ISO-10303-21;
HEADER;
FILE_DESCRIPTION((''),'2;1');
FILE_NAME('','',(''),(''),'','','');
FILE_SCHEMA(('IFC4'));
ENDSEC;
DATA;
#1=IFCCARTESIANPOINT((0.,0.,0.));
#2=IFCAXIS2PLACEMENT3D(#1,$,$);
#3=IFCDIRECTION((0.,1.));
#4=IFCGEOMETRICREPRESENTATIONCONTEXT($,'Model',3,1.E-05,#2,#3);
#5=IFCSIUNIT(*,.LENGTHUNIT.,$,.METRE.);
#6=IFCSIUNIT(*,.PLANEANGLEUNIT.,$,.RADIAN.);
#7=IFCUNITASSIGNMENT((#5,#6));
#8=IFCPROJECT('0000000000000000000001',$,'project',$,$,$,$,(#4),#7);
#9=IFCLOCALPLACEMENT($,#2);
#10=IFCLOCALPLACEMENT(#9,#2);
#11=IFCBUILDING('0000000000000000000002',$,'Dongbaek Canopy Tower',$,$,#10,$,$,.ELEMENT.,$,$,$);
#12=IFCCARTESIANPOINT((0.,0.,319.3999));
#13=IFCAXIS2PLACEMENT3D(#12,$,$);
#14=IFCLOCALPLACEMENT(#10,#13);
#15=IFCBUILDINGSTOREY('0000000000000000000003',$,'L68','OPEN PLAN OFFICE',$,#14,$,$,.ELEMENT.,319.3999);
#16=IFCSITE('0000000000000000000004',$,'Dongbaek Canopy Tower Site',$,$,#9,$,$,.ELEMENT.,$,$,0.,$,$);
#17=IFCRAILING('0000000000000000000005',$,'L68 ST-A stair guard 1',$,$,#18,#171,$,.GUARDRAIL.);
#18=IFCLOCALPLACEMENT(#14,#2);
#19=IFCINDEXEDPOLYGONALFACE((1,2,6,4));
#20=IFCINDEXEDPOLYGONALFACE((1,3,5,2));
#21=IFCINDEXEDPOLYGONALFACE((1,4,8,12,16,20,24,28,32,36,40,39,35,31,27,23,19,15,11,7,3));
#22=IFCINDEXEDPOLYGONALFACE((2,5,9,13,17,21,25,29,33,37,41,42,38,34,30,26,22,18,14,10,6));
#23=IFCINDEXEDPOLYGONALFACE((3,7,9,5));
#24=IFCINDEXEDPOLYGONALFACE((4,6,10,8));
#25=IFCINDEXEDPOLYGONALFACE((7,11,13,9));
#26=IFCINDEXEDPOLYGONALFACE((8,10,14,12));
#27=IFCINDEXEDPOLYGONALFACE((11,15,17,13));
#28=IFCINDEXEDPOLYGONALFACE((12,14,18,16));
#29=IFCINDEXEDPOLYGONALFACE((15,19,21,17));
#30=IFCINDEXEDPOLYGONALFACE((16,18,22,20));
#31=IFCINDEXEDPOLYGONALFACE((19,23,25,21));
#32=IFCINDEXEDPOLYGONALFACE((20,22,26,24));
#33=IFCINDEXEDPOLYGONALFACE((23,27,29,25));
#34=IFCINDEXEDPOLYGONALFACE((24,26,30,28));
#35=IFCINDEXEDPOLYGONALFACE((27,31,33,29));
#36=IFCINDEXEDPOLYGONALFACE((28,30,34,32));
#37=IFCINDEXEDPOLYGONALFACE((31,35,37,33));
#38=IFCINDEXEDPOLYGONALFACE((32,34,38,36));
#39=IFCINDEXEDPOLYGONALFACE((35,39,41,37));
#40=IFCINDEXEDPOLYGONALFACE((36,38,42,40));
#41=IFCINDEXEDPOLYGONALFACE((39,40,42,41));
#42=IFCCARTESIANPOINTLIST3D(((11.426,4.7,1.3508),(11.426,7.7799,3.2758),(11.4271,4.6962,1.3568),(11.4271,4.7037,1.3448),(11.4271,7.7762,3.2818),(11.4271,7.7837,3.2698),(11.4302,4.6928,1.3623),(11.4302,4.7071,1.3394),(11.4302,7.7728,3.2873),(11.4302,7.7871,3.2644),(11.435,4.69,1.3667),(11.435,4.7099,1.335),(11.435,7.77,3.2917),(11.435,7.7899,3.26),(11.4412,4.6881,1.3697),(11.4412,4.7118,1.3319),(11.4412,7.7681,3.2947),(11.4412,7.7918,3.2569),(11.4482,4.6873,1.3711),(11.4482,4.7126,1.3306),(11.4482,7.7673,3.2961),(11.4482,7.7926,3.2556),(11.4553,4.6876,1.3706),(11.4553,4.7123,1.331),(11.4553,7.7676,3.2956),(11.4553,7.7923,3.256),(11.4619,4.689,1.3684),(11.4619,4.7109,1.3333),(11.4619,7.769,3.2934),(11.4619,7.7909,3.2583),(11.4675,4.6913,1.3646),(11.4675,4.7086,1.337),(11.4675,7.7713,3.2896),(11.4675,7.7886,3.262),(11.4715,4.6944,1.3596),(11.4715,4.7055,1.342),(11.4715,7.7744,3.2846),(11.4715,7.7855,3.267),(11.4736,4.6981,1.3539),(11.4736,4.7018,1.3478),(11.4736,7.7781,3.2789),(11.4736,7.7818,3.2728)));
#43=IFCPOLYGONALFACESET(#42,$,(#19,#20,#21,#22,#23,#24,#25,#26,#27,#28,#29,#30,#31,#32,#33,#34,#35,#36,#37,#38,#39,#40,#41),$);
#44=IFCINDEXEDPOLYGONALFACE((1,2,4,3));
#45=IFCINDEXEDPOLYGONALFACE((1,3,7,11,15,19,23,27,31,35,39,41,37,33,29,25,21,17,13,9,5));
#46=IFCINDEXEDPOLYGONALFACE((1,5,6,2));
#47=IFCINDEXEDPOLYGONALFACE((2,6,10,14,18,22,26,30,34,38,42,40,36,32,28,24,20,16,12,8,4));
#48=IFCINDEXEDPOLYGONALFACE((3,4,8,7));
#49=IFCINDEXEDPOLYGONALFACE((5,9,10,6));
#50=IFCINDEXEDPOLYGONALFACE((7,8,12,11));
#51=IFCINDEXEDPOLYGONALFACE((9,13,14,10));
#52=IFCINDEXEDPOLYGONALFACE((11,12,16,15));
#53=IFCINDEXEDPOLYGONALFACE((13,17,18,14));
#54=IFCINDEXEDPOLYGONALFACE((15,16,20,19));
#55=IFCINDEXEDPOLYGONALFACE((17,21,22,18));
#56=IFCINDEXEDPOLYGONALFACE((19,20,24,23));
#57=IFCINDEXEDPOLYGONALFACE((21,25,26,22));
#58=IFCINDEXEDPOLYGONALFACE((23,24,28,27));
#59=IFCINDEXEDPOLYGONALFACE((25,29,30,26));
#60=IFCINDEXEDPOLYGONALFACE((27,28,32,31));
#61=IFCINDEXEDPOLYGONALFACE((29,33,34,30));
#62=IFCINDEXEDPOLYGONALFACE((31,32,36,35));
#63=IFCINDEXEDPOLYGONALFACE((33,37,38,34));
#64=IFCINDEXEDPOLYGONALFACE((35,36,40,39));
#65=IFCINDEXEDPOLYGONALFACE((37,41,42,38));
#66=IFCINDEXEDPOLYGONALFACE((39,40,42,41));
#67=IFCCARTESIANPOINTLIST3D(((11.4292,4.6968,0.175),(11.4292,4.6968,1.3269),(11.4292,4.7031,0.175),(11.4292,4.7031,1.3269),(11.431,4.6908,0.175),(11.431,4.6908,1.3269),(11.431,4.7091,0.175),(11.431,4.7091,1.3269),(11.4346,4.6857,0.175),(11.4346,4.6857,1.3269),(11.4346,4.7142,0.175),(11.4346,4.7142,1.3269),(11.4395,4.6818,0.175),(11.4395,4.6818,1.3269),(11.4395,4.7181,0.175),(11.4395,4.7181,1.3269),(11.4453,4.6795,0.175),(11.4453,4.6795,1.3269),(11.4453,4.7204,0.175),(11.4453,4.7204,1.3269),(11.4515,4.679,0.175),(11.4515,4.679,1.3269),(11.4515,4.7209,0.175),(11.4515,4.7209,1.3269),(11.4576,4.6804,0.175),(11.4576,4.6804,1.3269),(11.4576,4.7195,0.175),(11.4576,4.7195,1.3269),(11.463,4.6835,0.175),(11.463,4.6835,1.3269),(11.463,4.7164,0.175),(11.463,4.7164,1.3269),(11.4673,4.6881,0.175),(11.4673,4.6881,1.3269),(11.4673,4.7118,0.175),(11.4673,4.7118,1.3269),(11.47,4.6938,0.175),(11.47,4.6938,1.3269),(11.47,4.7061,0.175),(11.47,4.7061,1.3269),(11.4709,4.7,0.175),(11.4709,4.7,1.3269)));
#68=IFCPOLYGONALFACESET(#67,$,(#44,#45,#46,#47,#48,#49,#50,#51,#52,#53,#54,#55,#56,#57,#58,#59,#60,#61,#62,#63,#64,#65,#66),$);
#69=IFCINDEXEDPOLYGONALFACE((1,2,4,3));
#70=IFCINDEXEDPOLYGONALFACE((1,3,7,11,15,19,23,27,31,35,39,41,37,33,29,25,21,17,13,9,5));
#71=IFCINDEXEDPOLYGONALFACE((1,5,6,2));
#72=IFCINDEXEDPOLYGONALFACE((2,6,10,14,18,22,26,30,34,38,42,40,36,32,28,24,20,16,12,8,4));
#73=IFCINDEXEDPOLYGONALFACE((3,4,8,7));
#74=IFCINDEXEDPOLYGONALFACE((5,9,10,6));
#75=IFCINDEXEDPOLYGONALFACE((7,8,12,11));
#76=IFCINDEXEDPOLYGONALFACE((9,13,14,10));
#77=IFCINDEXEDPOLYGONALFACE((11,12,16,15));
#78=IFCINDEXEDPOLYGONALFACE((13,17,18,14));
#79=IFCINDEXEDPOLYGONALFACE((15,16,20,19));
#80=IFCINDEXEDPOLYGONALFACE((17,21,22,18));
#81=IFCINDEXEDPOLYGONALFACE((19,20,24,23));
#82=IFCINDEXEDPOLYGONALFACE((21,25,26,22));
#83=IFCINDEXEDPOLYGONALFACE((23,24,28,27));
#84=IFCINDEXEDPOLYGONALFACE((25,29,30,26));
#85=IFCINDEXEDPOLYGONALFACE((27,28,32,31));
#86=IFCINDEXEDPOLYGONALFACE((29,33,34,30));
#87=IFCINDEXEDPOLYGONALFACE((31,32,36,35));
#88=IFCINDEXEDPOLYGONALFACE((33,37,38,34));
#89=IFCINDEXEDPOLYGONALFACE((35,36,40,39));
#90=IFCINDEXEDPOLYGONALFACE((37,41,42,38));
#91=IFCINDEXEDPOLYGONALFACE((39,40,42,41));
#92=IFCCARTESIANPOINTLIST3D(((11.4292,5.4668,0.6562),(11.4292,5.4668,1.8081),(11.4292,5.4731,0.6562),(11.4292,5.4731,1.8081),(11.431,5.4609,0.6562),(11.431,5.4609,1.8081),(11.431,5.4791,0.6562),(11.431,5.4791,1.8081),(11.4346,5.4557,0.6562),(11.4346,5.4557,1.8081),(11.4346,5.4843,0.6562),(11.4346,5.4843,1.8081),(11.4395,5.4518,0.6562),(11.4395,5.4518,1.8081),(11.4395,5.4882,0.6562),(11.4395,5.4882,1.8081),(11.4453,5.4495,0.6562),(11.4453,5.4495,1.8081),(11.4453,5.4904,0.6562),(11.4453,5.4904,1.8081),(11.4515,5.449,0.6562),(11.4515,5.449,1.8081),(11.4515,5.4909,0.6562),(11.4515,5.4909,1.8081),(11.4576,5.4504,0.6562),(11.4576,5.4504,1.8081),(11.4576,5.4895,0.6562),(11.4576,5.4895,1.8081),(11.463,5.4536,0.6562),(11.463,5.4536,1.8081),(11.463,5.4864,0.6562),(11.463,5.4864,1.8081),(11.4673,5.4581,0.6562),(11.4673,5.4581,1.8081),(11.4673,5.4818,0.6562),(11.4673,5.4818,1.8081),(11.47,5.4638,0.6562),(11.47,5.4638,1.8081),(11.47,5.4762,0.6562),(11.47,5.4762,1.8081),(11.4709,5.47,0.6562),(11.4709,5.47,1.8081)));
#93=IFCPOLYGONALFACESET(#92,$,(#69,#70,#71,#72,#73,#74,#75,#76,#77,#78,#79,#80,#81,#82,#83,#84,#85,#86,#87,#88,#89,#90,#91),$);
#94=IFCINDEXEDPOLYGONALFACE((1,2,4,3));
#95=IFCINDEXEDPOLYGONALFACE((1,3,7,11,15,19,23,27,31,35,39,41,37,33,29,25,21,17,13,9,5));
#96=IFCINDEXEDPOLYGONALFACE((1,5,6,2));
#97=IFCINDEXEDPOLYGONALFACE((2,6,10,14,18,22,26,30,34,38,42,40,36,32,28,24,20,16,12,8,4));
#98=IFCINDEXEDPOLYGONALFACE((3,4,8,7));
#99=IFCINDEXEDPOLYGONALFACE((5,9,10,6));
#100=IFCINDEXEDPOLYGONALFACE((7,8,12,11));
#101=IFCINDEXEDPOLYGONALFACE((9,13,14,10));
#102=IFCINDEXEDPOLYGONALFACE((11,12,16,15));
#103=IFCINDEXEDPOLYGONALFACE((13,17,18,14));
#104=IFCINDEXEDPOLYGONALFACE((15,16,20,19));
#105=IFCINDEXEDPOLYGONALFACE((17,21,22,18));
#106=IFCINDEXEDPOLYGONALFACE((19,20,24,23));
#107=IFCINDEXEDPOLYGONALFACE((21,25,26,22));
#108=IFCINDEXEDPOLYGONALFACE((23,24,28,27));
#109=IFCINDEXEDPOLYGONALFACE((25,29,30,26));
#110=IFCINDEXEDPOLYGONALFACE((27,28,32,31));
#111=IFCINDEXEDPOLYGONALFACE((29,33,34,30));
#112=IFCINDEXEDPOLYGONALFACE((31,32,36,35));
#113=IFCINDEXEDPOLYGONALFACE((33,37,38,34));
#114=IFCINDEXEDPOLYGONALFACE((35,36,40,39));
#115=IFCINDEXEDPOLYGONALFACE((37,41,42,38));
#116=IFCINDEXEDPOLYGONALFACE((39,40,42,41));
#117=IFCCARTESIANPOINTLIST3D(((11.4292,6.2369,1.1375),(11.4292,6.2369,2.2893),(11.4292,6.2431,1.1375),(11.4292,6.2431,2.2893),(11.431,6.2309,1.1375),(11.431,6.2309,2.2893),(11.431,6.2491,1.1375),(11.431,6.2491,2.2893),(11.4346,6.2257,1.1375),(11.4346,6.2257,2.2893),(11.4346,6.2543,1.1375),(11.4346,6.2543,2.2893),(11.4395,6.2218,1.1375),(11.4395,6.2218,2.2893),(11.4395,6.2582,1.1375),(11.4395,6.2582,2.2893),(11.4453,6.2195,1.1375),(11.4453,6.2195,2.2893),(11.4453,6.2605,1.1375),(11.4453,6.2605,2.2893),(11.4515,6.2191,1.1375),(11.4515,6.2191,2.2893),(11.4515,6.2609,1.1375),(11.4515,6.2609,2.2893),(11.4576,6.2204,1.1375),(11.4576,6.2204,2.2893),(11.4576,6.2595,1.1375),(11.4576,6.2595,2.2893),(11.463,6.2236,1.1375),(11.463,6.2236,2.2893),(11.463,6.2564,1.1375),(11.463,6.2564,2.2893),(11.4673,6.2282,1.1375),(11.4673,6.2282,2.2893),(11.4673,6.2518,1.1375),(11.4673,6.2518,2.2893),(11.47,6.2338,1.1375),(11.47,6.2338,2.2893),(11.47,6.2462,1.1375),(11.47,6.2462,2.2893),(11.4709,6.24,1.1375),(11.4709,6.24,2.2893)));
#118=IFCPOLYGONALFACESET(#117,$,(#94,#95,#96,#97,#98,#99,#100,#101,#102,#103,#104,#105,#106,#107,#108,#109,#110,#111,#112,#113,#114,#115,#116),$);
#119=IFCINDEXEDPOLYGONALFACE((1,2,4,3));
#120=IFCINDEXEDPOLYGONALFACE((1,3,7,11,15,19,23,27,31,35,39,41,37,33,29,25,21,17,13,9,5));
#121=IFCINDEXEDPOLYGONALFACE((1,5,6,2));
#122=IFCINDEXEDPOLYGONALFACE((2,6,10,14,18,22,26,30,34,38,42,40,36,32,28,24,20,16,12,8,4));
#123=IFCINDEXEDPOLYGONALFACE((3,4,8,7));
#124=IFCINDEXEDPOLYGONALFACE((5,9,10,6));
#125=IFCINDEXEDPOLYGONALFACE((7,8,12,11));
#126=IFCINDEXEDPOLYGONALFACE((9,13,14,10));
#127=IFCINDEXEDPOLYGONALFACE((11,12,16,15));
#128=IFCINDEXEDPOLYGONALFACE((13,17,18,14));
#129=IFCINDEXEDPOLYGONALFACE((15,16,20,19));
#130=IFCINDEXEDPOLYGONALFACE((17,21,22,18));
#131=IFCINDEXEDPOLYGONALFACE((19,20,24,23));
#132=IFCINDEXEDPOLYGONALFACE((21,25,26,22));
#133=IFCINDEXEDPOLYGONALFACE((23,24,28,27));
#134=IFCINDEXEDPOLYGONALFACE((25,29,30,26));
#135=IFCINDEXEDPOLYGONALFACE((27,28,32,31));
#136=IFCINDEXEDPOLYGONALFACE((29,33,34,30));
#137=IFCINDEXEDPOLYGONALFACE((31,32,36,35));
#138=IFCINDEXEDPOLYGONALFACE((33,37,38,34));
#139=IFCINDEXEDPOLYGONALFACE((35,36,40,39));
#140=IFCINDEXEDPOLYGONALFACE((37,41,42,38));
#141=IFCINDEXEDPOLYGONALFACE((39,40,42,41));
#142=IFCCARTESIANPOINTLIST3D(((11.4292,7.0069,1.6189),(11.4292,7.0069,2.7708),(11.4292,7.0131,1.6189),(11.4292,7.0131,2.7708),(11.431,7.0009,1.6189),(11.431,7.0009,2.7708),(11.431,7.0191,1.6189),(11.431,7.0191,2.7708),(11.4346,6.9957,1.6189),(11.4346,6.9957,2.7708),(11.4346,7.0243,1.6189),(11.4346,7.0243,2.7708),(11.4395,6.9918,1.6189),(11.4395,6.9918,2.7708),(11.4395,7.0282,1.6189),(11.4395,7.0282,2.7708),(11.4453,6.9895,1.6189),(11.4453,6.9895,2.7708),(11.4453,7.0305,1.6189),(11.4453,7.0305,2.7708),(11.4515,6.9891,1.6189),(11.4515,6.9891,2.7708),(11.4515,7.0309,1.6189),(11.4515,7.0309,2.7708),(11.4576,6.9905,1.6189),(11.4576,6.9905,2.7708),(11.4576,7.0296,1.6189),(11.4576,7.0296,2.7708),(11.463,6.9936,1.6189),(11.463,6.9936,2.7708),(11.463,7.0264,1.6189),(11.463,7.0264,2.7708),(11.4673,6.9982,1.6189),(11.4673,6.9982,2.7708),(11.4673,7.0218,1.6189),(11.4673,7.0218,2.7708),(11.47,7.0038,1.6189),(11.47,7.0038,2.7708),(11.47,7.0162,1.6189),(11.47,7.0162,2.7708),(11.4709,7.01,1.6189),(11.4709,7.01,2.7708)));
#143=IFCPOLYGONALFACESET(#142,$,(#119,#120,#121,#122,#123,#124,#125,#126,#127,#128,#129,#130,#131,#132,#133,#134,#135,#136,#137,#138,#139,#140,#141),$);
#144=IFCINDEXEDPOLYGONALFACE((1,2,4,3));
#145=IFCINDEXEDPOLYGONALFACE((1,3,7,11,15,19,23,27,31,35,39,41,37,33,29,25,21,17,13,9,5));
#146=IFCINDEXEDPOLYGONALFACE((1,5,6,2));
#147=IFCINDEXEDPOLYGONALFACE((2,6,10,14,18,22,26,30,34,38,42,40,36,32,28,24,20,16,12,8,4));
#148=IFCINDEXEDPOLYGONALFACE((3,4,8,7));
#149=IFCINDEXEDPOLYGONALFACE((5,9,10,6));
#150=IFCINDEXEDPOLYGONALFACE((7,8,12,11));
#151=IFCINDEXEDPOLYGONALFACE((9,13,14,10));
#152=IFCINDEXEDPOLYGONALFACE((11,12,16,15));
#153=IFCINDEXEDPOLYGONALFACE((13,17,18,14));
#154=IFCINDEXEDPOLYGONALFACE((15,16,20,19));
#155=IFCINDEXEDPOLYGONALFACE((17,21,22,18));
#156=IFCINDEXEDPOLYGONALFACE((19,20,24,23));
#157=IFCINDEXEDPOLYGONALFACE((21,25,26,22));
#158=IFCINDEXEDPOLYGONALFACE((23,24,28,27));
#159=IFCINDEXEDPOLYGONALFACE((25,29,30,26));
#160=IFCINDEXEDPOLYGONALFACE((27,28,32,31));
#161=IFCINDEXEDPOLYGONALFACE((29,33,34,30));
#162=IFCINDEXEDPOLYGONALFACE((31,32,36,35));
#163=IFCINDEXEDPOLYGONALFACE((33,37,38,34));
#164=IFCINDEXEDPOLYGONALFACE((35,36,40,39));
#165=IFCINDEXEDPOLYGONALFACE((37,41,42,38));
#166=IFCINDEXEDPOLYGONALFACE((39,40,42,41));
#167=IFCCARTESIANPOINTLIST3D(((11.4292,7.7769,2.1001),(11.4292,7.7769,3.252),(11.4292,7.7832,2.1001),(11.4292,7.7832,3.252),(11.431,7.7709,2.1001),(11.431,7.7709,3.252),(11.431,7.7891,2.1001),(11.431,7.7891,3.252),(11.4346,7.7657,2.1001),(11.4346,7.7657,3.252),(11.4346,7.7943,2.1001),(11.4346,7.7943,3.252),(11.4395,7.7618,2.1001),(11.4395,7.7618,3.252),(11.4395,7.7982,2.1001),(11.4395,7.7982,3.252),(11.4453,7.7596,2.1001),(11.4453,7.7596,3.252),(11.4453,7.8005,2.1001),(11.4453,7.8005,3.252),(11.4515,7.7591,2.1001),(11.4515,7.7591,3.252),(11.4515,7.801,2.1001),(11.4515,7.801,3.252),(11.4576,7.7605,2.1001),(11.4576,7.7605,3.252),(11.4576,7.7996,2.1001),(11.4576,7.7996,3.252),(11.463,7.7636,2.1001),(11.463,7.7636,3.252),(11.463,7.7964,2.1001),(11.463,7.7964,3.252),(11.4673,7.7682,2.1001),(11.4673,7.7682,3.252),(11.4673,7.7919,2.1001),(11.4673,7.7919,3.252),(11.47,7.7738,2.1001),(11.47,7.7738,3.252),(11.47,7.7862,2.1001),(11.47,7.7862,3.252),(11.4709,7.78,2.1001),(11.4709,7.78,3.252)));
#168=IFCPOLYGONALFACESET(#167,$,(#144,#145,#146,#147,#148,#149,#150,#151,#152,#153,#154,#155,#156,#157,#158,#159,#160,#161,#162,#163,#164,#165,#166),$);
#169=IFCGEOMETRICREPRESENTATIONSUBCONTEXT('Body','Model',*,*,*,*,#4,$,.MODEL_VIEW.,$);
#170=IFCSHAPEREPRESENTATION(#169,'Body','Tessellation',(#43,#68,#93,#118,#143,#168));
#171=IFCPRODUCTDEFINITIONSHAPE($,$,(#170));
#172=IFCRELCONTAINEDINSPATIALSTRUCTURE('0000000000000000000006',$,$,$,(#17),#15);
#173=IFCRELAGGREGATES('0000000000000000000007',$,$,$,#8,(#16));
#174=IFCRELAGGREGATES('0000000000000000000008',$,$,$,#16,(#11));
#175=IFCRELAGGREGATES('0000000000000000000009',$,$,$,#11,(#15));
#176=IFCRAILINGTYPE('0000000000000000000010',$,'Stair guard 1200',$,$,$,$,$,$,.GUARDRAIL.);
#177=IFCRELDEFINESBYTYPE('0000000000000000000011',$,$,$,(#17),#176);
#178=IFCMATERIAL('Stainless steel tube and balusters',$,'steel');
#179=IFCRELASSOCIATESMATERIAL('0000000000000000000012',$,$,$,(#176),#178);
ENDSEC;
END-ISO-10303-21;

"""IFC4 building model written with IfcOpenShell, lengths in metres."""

from ifc_helpers import new_model, si_unit, direction, frame, origin, origin_2d, place, context, subcontext, project, spatial, circle, extrude, material, type_object, element, save


model = new_model("IFC4")

# Units and contexts
model_context = context("Model", 3, precision=1e-05, world=origin(), true_north=direction((0.0, 1.0)))
body_context = subcontext(model_context, "Body", "Model", "MODEL_VIEW")
ifc_project = project(units=[si_unit("LENGTHUNIT", "METRE"), si_unit("PLANEANGLEUNIT", "RADIAN")], contexts=[model_context])

# Site, building, storey
site_placement = place(None, origin())
site = spatial("IfcSite", under=ifc_project, at=site_placement, Name="Dongbaek Canopy Tower Site", CompositionType="ELEMENT", RefElevation=0.0)
building_placement = place(site_placement, origin())
building = spatial("IfcBuilding", under=site, at=building_placement, Name="Dongbaek Canopy Tower", CompositionType="ELEMENT")
storey_placement = place(building_placement, frame((0.0, 0.0, 319.3999)))
storey = spatial("IfcBuildingStorey", under=building, at=storey_placement, Name="L68", Description="OPEN PLAN OFFICE", CompositionType="ELEMENT", Elevation=319.3999)

# Railing
ifc_material_1 = material(Name="Stainless steel tube and balusters", Category="steel")
railing_type_1 = type_object("IfcRailingType", Name="Stair guard 1200", PredefinedType="GUARDRAIL", material=ifc_material_1)
railing_1_placement = place(storey_placement, frame((11.45, 4.7, 0.175)))
element("IfcRailing", 1, at=railing_1_placement, inside=storey, type_object=railing_type_1, Name="L68 ST-A stair guard 1", PredefinedType="GUARDRAIL", context=body_context, shape_type="SweptSolid", body=[
    extrude(circle(Radius=0.0239, at=origin_2d()), frame((0.0, 0.0, 1.1758), z_axis=(0.0, 0.847998, 0.529999), x_axis=(-1.0, 0.0, 0.0)), (0.0, 0.0, 1.0), 3.6321),
    extrude(circle(Radius=0.021, at=origin_2d()), origin(), (0.0, 0.0, 1.0), 1.1519),
    extrude(circle(Radius=0.021, at=origin_2d()), frame((0.0, 0.77, 0.4812)), (0.0, 0.0, 1.0), 1.1519),
    extrude(circle(Radius=0.021, at=origin_2d()), frame((0.0, 1.54, 0.9624)), (0.0, 0.0, 1.0), 1.1519),
    extrude(circle(Radius=0.021, at=origin_2d()), frame((0.0, 2.3101, 1.4438)), (0.0, 0.0, 1.0), 1.1519),
    extrude(circle(Radius=0.021, at=origin_2d()), frame((0.0, 3.0801, 1.925)), (0.0, 0.0, 1.0), 1.1519),
])

save(model, "model.ifc")
